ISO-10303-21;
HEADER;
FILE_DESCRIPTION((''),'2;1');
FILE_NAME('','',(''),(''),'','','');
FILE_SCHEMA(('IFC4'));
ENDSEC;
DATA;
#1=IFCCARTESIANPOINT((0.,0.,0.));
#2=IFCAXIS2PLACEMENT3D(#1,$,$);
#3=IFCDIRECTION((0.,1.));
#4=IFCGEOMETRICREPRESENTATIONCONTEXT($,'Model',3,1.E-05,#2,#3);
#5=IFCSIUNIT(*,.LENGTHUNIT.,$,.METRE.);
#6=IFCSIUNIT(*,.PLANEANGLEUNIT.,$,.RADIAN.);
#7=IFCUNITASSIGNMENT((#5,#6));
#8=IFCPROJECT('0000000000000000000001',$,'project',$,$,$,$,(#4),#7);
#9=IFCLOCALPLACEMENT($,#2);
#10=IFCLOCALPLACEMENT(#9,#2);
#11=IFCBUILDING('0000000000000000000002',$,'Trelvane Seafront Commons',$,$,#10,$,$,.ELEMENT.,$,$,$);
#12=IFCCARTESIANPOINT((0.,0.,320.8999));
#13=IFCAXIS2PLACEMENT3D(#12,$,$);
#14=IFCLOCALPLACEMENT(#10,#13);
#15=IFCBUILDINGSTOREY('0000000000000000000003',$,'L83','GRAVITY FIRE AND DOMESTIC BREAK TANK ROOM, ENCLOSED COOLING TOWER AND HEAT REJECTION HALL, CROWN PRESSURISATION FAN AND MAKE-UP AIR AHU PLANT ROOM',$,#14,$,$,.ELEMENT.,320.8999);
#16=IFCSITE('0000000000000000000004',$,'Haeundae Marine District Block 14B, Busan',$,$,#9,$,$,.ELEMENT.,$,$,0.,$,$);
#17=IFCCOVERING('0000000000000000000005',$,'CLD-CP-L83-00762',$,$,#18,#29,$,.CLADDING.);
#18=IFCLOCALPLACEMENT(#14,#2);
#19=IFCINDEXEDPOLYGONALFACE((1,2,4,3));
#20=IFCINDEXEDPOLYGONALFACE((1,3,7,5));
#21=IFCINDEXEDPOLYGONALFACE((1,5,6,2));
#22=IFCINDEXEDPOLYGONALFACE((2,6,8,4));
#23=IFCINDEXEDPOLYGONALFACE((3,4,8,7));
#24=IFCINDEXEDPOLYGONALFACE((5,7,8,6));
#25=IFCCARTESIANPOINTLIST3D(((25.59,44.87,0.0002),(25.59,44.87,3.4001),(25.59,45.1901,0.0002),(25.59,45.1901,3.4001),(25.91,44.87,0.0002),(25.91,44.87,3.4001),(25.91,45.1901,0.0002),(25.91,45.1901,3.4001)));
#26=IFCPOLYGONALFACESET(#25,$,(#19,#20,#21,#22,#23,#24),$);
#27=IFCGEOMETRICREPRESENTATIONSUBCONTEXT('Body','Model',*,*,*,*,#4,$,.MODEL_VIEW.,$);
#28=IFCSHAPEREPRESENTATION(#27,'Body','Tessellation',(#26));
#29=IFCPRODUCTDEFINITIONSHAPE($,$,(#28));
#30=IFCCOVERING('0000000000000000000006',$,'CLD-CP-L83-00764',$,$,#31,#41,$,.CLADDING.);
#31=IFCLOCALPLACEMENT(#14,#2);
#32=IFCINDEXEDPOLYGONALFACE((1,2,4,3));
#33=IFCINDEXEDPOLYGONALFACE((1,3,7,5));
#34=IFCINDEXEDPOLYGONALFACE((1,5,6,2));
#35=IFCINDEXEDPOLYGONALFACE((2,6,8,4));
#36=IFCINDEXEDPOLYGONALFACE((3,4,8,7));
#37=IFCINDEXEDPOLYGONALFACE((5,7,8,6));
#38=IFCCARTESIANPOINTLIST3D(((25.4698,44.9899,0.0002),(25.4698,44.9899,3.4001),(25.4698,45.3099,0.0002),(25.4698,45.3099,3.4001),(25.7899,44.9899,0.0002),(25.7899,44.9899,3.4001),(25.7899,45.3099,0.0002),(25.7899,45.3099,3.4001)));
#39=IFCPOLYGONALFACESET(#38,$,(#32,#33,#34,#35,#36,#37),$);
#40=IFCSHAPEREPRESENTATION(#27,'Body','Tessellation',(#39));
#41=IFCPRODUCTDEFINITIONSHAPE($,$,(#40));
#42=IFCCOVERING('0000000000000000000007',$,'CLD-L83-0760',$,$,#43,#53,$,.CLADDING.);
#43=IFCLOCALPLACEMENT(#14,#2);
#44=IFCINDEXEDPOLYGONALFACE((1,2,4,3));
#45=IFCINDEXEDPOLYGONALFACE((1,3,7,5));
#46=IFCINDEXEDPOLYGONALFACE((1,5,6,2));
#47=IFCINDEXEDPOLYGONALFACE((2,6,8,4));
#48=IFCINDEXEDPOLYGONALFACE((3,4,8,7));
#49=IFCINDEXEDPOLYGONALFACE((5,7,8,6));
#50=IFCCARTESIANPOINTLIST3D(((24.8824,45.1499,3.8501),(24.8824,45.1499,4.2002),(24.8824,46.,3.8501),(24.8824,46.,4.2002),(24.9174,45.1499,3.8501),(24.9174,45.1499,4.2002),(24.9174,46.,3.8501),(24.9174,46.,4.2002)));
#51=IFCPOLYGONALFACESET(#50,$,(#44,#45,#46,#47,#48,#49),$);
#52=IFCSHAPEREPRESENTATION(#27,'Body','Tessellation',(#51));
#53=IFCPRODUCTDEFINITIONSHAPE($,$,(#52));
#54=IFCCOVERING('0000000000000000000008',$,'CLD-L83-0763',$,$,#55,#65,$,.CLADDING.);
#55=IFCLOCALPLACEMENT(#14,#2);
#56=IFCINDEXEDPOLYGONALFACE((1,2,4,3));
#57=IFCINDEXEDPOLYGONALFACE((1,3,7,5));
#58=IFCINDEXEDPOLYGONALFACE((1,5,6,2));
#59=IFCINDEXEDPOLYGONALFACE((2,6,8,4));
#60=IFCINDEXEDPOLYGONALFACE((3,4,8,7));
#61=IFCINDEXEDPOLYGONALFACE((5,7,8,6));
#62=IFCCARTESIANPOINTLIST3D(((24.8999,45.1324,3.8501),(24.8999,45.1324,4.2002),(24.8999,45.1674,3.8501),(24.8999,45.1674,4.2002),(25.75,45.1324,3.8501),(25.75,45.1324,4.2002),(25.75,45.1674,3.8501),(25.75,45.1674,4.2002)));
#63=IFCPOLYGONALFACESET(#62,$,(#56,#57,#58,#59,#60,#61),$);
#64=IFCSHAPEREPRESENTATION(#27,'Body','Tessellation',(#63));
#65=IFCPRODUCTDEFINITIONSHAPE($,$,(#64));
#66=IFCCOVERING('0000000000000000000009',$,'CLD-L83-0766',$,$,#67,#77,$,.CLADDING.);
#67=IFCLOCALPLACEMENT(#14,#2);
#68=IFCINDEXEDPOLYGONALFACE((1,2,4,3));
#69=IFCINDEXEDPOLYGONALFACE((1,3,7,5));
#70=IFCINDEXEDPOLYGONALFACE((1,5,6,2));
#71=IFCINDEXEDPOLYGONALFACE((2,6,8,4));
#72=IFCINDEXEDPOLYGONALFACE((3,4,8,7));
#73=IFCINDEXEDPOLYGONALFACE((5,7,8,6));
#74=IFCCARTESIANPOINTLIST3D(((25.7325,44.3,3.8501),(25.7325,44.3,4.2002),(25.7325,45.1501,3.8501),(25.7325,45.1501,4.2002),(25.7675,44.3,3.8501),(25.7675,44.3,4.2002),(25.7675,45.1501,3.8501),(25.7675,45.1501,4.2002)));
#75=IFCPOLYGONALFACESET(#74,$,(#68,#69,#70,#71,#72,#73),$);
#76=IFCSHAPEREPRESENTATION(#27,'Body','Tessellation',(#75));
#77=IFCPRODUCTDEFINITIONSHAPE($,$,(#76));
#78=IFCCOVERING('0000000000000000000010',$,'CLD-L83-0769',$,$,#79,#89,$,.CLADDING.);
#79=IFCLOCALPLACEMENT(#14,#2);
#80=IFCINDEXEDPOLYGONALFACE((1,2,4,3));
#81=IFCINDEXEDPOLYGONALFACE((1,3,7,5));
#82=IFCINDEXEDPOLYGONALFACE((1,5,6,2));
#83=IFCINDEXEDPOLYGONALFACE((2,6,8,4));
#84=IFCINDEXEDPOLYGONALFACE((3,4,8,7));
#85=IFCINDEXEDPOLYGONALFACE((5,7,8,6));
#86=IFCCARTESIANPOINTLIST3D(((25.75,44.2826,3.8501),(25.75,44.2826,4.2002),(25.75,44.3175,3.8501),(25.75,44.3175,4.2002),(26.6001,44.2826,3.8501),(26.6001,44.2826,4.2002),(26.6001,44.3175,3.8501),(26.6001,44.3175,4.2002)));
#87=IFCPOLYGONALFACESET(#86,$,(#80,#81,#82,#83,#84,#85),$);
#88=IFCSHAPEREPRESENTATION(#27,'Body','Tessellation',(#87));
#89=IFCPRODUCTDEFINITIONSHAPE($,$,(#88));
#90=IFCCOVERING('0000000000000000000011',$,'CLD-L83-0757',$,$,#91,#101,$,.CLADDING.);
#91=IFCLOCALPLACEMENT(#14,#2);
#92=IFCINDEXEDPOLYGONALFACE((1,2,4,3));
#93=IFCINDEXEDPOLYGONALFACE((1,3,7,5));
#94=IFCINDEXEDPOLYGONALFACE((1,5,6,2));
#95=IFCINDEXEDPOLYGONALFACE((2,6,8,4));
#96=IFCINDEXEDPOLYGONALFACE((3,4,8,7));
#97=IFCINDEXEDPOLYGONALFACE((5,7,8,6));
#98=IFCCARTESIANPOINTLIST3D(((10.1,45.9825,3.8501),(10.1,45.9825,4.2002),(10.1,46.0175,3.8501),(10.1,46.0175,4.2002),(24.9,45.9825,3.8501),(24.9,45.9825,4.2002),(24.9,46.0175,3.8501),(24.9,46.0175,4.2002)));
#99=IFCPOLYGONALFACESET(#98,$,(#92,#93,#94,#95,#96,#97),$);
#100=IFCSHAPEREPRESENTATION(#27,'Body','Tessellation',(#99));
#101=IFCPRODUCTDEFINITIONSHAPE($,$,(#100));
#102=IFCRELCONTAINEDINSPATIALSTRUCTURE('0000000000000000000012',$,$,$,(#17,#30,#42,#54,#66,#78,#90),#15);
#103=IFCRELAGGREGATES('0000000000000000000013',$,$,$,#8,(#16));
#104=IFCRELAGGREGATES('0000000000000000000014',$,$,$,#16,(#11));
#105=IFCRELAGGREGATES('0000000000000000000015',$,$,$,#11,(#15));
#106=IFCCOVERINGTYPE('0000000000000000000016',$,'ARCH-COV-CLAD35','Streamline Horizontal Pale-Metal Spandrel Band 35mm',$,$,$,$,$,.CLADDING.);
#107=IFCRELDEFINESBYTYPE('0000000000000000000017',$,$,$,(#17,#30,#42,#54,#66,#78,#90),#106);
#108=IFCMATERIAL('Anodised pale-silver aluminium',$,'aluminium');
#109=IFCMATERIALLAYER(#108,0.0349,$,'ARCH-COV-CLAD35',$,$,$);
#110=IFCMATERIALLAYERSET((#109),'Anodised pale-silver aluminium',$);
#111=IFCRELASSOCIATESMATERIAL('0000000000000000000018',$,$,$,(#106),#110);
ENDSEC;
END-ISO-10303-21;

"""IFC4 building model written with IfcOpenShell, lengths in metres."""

from ifc_helpers import new_model, si_unit, direction, frame, origin, origin_2d, place, context, subcontext, project, spatial, rectangle, extrude, source, transform, mapped, material, layer, layer_set, type_object, element, save


model = new_model("IFC4")

# Units and contexts
model_context = context("Model", 3, precision=1e-05, world=origin(), true_north=direction((0.0, 1.0)))
body_context = subcontext(model_context, "Body", "Model", "MODEL_VIEW")
ifc_project = project(units=[si_unit("LENGTHUNIT", "METRE"), si_unit("PLANEANGLEUNIT", "RADIAN")], contexts=[model_context])

# Site, building, storey
site_placement = place(None, origin())
site = spatial("IfcSite", under=ifc_project, at=site_placement, Name="Haeundae Marine District Block 14B, Busan", CompositionType="ELEMENT", RefElevation=0.0)
building_placement = place(site_placement, origin())
building = spatial("IfcBuilding", under=site, at=building_placement, Name="Trelvane Seafront Commons", CompositionType="ELEMENT")
storey_placement = place(building_placement, frame((0.0, 0.0, 320.8999)))
storey = spatial("IfcBuildingStorey", under=building, at=storey_placement, Name="L83", Description="GRAVITY FIRE AND DOMESTIC BREAK TANK ROOM, ENCLOSED COOLING TOWER AND HEAT REJECTION HALL, CROWN PRESSURISATION FAN AND MAKE-UP AIR AHU PLANT ROOM", CompositionType="ELEMENT", Elevation=320.8999)

# Shared definitions
ifc_material_1 = material(Name="Anodised pale-silver aluminium", Category="aluminium")

# Coverings
ifc_layer_1 = layer(ifc_material_1, 0.0349, Name="ARCH-COV-CLAD35")
ifc_layer_set_1 = layer_set([ifc_layer_1], Name="Anodised pale-silver aluminium")
covering_type = type_object("IfcCoveringType", Name="ARCH-COV-CLAD35", Description="Streamline Horizontal Pale-Metal Spandrel Band 35mm", PredefinedType="CLADDING", material=ifc_layer_set_1)
shared_shape_1 = source(origin(), body_context, "Body", "SweptSolid", [
    extrude(rectangle(XDim=0.3201, YDim=0.3201, at=origin_2d()), origin(), (0.0, 0.0, 1.0), 3.3999),
])
for number, where, z_axis, x_axis, name in (
    (1, (25.75, 45.03, 0.0002), (0.0, 0.0, 1.0), (1.0, 0.0, 0.0), "CLD-CP-L83-00762"),
    (2, (25.6299, 45.1499, 0.0002), (0.0, 0.0, 1.0), (1.0, 0.0, 0.0), "CLD-CP-L83-00764"),
):
    element("IfcCovering", number, at=place(storey_placement, frame(where, z_axis=z_axis, x_axis=x_axis)), inside=storey, type_object=covering_type, Name=name, PredefinedType="CLADDING", context=body_context, shape_type="MappedRepresentation", body=[
        mapped(shared_shape_1, transform((0.0, 0.0, 0.0), x_axis=(1.0, 0.0, 0.0), y_axis=(0.0, 1.0, 0.0), z_axis=(0.0, 0.0, 1.0), scale=1.0)),
    ])
shared_shape_2 = source(origin(), body_context, "Body", "SweptSolid", [
    extrude(rectangle(XDim=0.8501, YDim=0.0349, at=origin_2d()), origin(), (0.0, 0.0, 1.0), 0.3501),
])
for number, where, z_axis, x_axis, name in (
    (3, (24.8999, 45.575, 3.8501), (0.0, 0.0, 1.0), (0.0, -1.0, 0.0), "CLD-L83-0760"),
    (4, (25.325, 45.1499, 3.8501), (0.0, 0.0, 1.0), (1.0, 0.0, 0.0), "CLD-L83-0763"),
    (5, (25.75, 44.7251, 3.8501), (0.0, 0.0, 1.0), (0.0, -1.0, 0.0), "CLD-L83-0766"),
    (6, (26.175, 44.3, 3.8501), (0.0, 0.0, 1.0), (1.0, 0.0, 0.0), "CLD-L83-0769"),
):
    element("IfcCovering", number, at=place(storey_placement, frame(where, z_axis=z_axis, x_axis=x_axis)), inside=storey, type_object=covering_type, Name=name, PredefinedType="CLADDING", context=body_context, shape_type="MappedRepresentation", body=[
        mapped(shared_shape_2, transform((0.0, 0.0, 0.0), x_axis=(1.0, 0.0, 0.0), y_axis=(0.0, 1.0, 0.0), z_axis=(0.0, 0.0, 1.0), scale=1.0)),
    ])
shared_shape_3 = source(origin(), body_context, "Body", "SweptSolid", [
    extrude(rectangle(XDim=14.8, YDim=0.0349, at=origin_2d()), origin(), (0.0, 0.0, 1.0), 0.3501),
])
covering_placement = place(storey_placement, frame((17.5, 46.0, 3.8501), z_axis=(0.0, 0.0, 1.0), x_axis=(1.0, 0.0, 0.0)))
element("IfcCovering", 7, at=covering_placement, inside=storey, type_object=covering_type, Name="CLD-L83-0757", PredefinedType="CLADDING", context=body_context, shape_type="MappedRepresentation", body=[
    mapped(shared_shape_3, transform((0.0, 0.0, 0.0), x_axis=(1.0, 0.0, 0.0), y_axis=(0.0, 1.0, 0.0), z_axis=(0.0, 0.0, 1.0), scale=1.0)),
])

save(model, "model.ifc")
